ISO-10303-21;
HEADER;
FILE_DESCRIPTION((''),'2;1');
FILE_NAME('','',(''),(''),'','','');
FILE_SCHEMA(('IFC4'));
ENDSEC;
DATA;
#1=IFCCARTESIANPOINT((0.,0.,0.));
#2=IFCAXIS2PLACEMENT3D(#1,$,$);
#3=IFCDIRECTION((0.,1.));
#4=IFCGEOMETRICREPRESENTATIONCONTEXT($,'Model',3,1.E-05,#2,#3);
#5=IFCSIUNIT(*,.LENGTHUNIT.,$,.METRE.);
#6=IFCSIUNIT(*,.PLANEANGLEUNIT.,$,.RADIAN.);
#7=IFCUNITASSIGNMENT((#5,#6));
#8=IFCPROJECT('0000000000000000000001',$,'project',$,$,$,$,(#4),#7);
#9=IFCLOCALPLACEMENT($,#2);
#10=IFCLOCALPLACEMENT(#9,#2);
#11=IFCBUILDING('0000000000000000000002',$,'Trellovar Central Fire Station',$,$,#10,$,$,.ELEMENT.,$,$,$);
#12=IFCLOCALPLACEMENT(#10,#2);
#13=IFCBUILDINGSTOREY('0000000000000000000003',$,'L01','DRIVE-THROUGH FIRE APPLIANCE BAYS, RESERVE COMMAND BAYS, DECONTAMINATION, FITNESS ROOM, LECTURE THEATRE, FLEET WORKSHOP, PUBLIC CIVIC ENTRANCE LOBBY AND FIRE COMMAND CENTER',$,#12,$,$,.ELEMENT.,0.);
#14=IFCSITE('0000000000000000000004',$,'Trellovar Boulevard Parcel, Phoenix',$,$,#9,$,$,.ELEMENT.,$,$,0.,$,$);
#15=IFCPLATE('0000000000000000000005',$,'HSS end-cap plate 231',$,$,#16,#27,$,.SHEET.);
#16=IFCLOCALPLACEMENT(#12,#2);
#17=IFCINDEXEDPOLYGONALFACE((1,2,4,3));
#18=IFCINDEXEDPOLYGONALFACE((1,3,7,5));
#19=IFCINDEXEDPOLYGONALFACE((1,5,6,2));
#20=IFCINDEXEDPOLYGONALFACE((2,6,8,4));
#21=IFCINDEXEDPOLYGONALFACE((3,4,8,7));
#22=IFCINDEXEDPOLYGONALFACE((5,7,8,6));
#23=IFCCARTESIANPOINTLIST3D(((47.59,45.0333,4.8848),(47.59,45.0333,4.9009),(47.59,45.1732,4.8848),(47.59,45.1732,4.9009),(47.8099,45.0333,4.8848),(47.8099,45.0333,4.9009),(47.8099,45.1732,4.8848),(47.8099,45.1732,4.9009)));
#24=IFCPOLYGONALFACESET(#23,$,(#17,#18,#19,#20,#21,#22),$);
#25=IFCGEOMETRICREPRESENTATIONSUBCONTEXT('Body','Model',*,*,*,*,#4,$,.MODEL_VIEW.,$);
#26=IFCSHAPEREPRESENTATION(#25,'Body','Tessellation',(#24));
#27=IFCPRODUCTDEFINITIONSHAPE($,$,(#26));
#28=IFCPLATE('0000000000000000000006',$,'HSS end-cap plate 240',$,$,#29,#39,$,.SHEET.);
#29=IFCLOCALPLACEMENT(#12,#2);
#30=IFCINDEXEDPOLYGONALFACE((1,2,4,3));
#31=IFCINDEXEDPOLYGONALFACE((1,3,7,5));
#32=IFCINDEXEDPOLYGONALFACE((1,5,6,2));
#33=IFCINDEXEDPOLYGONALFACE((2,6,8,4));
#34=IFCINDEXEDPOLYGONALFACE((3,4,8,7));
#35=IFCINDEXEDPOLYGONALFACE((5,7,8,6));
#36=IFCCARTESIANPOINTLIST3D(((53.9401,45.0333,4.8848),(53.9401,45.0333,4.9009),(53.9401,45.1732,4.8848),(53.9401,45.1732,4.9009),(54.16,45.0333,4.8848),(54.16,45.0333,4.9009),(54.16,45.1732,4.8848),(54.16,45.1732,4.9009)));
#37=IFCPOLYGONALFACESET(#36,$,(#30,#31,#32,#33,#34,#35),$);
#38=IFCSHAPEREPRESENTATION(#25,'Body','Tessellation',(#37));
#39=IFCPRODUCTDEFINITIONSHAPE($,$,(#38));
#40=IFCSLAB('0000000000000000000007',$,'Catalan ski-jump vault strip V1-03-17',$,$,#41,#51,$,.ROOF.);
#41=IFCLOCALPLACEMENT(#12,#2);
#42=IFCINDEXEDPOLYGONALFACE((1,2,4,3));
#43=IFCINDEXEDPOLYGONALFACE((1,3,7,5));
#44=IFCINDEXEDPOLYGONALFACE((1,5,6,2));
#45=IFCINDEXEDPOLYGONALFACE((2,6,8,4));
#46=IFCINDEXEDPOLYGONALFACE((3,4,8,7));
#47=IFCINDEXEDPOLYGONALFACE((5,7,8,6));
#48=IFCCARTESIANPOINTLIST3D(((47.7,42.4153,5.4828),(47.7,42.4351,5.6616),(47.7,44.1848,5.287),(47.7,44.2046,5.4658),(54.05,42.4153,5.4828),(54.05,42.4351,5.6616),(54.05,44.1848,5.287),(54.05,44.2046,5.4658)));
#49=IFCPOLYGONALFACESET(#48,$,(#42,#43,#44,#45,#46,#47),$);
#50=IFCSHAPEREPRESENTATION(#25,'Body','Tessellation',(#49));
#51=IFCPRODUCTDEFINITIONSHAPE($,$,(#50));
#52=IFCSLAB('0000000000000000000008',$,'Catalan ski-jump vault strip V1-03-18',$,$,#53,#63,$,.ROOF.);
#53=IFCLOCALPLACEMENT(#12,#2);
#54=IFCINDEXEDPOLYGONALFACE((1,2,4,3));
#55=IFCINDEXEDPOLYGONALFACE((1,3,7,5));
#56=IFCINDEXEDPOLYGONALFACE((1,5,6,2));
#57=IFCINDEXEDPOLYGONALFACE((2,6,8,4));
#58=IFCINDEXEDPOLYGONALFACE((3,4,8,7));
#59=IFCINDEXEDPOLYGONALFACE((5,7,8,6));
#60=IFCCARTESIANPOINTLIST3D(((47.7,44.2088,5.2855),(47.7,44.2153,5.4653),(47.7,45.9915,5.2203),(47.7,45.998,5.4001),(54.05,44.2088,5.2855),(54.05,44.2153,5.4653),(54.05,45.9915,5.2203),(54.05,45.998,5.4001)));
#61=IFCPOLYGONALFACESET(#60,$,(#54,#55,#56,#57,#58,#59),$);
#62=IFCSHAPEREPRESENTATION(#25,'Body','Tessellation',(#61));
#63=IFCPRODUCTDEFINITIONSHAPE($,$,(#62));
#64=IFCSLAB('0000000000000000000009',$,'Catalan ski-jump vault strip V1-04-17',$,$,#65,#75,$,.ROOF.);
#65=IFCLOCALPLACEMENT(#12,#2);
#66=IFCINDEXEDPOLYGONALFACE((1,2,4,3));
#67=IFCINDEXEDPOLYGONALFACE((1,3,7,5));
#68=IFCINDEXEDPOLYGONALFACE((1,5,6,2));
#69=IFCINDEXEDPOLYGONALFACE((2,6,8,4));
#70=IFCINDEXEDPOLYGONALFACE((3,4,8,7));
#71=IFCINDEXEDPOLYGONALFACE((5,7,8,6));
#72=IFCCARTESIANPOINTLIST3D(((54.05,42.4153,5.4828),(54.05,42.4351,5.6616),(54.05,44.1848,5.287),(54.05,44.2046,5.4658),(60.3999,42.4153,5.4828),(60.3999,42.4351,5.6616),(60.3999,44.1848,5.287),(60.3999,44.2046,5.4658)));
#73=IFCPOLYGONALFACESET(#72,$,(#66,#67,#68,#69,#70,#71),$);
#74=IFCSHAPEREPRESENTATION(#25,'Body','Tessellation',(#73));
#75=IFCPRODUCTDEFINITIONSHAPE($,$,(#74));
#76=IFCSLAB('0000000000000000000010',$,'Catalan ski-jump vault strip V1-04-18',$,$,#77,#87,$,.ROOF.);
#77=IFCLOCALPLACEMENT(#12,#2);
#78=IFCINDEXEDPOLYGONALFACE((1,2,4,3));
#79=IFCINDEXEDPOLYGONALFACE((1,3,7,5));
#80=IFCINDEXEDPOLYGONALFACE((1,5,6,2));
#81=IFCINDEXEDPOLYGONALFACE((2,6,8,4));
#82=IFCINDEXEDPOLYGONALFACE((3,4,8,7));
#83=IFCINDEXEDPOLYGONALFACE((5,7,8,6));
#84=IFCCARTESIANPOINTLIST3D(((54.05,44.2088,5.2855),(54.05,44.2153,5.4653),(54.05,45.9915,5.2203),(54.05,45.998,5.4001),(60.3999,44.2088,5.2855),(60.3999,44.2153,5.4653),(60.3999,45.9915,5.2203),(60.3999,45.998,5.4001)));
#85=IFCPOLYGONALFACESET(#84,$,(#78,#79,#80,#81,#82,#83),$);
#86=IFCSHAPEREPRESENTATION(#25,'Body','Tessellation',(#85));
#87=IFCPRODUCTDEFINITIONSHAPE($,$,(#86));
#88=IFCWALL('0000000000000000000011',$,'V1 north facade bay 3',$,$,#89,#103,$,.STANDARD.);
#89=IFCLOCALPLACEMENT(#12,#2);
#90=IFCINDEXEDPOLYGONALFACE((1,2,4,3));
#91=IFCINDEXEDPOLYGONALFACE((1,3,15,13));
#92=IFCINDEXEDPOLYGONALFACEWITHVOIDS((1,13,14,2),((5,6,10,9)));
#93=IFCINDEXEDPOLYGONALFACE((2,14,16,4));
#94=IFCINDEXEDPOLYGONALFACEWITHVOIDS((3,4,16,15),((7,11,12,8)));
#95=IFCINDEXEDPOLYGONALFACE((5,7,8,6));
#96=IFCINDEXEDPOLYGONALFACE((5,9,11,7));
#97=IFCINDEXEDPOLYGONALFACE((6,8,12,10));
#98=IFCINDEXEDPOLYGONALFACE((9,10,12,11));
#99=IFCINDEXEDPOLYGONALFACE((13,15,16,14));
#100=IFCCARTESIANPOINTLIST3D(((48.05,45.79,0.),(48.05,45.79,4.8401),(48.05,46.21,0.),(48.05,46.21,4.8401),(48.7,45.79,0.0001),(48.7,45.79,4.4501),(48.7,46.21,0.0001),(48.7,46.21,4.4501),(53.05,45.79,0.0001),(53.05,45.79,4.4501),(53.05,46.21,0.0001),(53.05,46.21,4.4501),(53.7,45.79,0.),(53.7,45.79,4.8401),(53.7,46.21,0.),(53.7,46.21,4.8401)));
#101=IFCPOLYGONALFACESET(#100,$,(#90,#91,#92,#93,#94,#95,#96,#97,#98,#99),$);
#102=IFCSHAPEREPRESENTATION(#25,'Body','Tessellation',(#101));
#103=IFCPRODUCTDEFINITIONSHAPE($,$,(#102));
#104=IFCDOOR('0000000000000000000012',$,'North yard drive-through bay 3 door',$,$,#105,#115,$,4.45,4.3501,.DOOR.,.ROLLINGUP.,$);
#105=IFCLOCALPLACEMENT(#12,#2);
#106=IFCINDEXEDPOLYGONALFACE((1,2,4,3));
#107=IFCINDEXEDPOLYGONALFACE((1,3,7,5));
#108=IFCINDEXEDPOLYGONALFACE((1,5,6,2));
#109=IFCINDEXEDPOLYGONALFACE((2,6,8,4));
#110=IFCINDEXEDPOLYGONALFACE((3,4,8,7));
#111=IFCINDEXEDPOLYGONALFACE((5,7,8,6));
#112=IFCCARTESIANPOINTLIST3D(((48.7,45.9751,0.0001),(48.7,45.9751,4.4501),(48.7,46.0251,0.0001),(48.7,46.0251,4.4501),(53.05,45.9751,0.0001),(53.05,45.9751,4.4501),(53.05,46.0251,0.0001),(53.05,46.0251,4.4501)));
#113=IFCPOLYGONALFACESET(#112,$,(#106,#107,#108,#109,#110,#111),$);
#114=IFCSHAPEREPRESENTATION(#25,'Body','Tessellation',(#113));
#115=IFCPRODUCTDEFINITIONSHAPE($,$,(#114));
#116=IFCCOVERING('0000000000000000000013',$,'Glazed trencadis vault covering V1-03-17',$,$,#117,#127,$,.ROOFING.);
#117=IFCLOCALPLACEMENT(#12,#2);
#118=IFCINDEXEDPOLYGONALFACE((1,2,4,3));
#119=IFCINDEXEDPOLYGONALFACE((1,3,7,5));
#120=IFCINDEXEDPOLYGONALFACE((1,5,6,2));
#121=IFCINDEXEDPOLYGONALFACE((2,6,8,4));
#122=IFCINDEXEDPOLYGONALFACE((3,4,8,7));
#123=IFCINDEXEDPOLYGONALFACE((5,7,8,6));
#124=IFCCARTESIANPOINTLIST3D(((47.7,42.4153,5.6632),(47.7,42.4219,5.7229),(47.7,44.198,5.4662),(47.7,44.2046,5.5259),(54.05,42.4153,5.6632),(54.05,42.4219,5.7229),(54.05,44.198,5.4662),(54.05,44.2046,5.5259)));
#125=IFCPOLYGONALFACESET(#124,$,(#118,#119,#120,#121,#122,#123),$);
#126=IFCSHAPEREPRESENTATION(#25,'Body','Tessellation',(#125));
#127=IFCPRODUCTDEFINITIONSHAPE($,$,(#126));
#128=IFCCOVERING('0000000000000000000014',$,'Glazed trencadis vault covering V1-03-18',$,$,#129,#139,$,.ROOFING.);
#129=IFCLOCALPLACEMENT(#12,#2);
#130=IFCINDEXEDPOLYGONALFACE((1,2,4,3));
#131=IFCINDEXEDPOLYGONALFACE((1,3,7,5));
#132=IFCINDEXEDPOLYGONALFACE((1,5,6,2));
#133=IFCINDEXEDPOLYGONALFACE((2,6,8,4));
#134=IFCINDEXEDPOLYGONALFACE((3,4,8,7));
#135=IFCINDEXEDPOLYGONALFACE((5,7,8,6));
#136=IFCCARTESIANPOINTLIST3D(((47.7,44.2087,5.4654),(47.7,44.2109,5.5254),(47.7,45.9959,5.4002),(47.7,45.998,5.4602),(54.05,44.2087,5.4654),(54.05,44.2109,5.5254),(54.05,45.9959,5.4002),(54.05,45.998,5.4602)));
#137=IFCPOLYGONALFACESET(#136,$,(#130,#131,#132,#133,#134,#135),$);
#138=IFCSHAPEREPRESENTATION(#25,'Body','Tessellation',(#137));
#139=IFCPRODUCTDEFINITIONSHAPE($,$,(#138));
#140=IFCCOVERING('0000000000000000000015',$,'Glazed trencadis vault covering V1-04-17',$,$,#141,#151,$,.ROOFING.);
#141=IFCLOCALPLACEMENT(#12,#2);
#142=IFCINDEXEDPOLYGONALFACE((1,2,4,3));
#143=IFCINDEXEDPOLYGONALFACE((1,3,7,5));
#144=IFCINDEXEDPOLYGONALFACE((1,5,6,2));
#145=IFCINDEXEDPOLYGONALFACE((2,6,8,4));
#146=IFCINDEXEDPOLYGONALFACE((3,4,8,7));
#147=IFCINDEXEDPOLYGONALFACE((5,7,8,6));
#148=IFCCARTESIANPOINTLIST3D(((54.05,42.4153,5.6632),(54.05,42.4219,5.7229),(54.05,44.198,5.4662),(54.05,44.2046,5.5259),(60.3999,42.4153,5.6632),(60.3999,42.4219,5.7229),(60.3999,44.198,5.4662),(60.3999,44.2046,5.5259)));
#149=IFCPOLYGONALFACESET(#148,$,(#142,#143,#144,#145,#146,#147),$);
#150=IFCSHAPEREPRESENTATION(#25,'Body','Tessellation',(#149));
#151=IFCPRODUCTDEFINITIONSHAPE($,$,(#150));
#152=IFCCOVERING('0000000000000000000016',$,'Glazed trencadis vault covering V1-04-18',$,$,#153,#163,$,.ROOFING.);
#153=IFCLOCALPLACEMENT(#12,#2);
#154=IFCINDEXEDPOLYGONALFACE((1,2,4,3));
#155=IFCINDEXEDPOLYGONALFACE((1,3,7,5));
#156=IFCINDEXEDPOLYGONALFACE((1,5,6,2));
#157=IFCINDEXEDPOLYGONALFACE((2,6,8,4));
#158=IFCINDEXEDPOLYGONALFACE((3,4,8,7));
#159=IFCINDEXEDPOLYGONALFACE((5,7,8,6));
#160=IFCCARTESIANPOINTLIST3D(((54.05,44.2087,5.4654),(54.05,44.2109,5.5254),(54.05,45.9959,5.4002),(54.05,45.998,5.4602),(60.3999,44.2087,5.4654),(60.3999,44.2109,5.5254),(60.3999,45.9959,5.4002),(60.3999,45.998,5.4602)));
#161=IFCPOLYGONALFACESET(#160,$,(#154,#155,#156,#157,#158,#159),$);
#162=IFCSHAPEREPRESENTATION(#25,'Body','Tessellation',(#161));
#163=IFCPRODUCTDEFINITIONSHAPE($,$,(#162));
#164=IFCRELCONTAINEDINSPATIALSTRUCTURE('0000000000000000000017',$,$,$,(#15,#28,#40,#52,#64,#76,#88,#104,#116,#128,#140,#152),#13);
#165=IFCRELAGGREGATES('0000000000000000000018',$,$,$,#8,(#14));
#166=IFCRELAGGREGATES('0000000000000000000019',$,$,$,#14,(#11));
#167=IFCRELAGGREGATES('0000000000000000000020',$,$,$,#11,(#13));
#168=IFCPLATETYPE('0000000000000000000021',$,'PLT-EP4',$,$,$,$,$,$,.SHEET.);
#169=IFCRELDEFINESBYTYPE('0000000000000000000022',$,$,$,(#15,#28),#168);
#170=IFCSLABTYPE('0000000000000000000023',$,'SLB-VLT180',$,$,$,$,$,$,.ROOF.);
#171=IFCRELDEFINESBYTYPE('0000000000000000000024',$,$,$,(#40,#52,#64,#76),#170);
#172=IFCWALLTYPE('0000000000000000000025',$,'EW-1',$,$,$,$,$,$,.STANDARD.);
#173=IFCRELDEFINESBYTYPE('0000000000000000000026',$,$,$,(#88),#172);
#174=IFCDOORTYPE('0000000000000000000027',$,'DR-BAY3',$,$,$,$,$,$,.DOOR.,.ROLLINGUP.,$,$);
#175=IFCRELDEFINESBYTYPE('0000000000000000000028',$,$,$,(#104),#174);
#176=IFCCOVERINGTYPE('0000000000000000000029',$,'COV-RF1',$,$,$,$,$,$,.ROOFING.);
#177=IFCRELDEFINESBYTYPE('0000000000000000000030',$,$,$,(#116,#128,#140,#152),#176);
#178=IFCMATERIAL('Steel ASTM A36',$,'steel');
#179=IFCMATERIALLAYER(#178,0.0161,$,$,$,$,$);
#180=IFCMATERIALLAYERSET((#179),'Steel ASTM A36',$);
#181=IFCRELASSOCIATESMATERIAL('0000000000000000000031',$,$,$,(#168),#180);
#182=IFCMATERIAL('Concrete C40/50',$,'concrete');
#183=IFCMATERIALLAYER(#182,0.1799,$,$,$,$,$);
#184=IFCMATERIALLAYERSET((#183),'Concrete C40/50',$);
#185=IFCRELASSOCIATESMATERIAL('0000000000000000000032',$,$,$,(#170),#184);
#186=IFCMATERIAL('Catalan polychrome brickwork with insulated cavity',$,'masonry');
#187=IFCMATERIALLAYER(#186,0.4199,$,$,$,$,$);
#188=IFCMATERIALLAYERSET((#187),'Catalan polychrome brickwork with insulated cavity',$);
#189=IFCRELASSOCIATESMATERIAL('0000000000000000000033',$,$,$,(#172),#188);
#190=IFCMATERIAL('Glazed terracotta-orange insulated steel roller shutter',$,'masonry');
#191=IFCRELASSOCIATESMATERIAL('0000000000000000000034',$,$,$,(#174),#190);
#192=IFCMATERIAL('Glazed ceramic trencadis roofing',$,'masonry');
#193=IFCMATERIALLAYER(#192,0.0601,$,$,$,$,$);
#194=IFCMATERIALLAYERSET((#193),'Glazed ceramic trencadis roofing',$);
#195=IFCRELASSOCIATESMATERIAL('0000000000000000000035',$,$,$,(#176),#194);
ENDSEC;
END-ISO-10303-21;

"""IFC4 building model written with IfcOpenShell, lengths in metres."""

from ifc_helpers import new_model, si_unit, direction, frame, frame_2d, origin, origin_2d, place, context, subcontext, project, spatial, polyline, rectangle, outline, extrude, material, layer, layer_set, type_object, element, fill, save


model = new_model("IFC4")

# Units and contexts
model_context = context("Model", 3, precision=1e-05, world=origin(), true_north=direction((0.0, 1.0)))
body_context = subcontext(model_context, "Body", "Model", "MODEL_VIEW")
ifc_project = project(units=[si_unit("LENGTHUNIT", "METRE"), si_unit("PLANEANGLEUNIT", "RADIAN")], contexts=[model_context])

# Site, building, storey
site_placement = place(None, origin())
site = spatial("IfcSite", under=ifc_project, at=site_placement, Name="Trellovar Boulevard Parcel, Phoenix", CompositionType="ELEMENT", RefElevation=0.0)
building_placement = place(site_placement, origin())
building = spatial("IfcBuilding", under=site, at=building_placement, Name="Trellovar Central Fire Station", CompositionType="ELEMENT")
storey_placement = place(building_placement, origin())
storey = spatial("IfcBuildingStorey", under=building, at=storey_placement, Name="L01", Description="DRIVE-THROUGH FIRE APPLIANCE BAYS, RESERVE COMMAND BAYS, DECONTAMINATION, FITNESS ROOM, LECTURE THEATRE, FLEET WORKSHOP, PUBLIC CIVIC ENTRANCE LOBBY AND FIRE COMMAND CENTER", CompositionType="ELEMENT", Elevation=0.0)

# Plates
ifc_material_1 = material(Name="Steel ASTM A36", Category="steel")
ifc_layer_1 = layer(ifc_material_1, 0.0161)
ifc_layer_set_1 = layer_set([ifc_layer_1], Name="Steel ASTM A36")
plate_type = type_object("IfcPlateType", Name="PLT-EP4", PredefinedType="SHEET", material=ifc_layer_set_1)
for number, where, z_axis, x_axis, name in (
    (1, (47.7, 45.1033, 4.8848), (0.0, 0.0, 1.0), (1.0, 0.0, 0.0), "HSS end-cap plate 231"),
    (2, (54.05, 45.1033, 4.8848), (0.0, 0.0, 1.0), (1.0, 0.0, 0.0), "HSS end-cap plate 240"),
):
    element("IfcPlate", number, at=place(storey_placement, frame(where, z_axis=z_axis, x_axis=x_axis)), inside=storey, type_object=plate_type, Name=name, PredefinedType="SHEET", context=body_context, shape_type="SweptSolid", body=[
        extrude(rectangle(XDim=0.22, YDim=0.1399, at=origin_2d()), origin(), (0.0, 0.0, 1.0), 0.0161),
    ])

# Slabs
ifc_material_2 = material(Name="Concrete C40/50", Category="concrete")
ifc_layer_2 = layer(ifc_material_2, 0.1799)
ifc_layer_set_2 = layer_set([ifc_layer_2], Name="Concrete C40/50")
slab_type = type_object("IfcSlabType", Name="SLB-VLT180", PredefinedType="ROOF", material=ifc_layer_set_2)
slab_1_placement = place(storey_placement, frame((47.7, 42.4351, 5.6616), z_axis=(0.0, 0.10998, 0.993934), x_axis=(1.0, 0.0, 0.0)))
element("IfcSlab", 3, at=slab_1_placement, inside=storey, type_object=slab_type, Name="Catalan ski-jump vault strip V1-03-17", PredefinedType="ROOF", context=body_context, shape_type="SweptSolid", body=[
    extrude(outline(polyline([(0.0, 0.0), (6.3501, 0.0), (6.3501, 1.7803), (0.0, 1.7803), (0.0, 0.0)])), origin(), (0.0, 0.0, -1.0), 0.1799),
])
slab_2_placement = place(storey_placement, frame((47.7, 44.2153, 5.4653), z_axis=(0.0, 0.036541, 0.999332), x_axis=(1.0, 0.0, 0.0)))
element("IfcSlab", 4, at=slab_2_placement, inside=storey, type_object=slab_type, Name="Catalan ski-jump vault strip V1-03-18", PredefinedType="ROOF", context=body_context, shape_type="SweptSolid", body=[
    extrude(outline(polyline([(0.0, 0.0), (6.3501, 0.0), (6.3501, 1.7839), (0.0, 1.7839), (0.0, 0.0)])), origin(), (0.0, 0.0, -1.0), 0.1799),
])
slab_3_placement = place(storey_placement, frame((54.05, 42.4351, 5.6616), z_axis=(0.0, 0.10998, 0.993934), x_axis=(1.0, 0.0, 0.0)))
element("IfcSlab", 5, at=slab_3_placement, inside=storey, type_object=slab_type, Name="Catalan ski-jump vault strip V1-04-17", PredefinedType="ROOF", context=body_context, shape_type="SweptSolid", body=[
    extrude(outline(polyline([(0.0, 0.0), (6.3499, 0.0), (6.3499, 1.7803), (0.0, 1.7803), (0.0, 0.0)])), origin(), (0.0, 0.0, -1.0), 0.1799),
])
slab_4_placement = place(storey_placement, frame((54.05, 44.2153, 5.4653), z_axis=(0.0, 0.036541, 0.999332), x_axis=(1.0, 0.0, 0.0)))
element("IfcSlab", 6, at=slab_4_placement, inside=storey, type_object=slab_type, Name="Catalan ski-jump vault strip V1-04-18", PredefinedType="ROOF", context=body_context, shape_type="SweptSolid", body=[
    extrude(outline(polyline([(0.0, 0.0), (6.3499, 0.0), (6.3499, 1.7839), (0.0, 1.7839), (0.0, 0.0)])), origin(), (0.0, 0.0, -1.0), 0.1799),
])

# Wall, opening, door
ifc_material_3 = material(Name="Catalan polychrome brickwork with insulated cavity", Category="masonry")
ifc_layer_3 = layer(ifc_material_3, 0.4199)
ifc_layer_set_3 = layer_set([ifc_layer_3], Name="Catalan polychrome brickwork with insulated cavity")
wall_type = type_object("IfcWallType", Name="EW-1", PredefinedType="STANDARD", material=ifc_layer_set_3)
wall_1_placement = place(storey_placement, frame((53.7, 46.0, 0.0), z_axis=(0.0, 0.0, 1.0), x_axis=(-1.0, 0.0, 0.0)))
wall_1 = element("IfcWall", 7, at=wall_1_placement, inside=storey, type_object=wall_type, Name="V1 north facade bay 3", PredefinedType="STANDARD", context=body_context, shape_type="SweptSolid", body=[
    extrude(rectangle(XDim=5.6499, YDim=0.4199, at=frame_2d((2.825, 0.0))), origin(), (0.0, 0.0, 1.0), 4.8401),
])
opening_1_placement = place(wall_1_placement, frame((0.6499, 0.0, 0.0)))
opening_1 = element("IfcOpeningElement", 8, at=opening_1_placement, cuts=wall_1, PredefinedType="OPENING", context=body_context, shape_type="SweptSolid", body=[
    extrude(rectangle(XDim=4.3501, YDim=4.45, at=frame_2d((2.175, 2.2251))), frame((0.0, 0.22, 0.0), z_axis=(0.0, -1.0, 0.0), x_axis=(1.0, 0.0, 0.0)), (0.0, 0.0, 1.0), 0.4399),
])
ifc_material_4 = material(Name="Glazed terracotta-orange insulated steel roller shutter", Category="masonry")
door_type_1 = type_object("IfcDoorType", Name="DR-BAY3", OperationType="ROLLINGUP", PredefinedType="DOOR", material=ifc_material_4)
door_1_placement = place(opening_1_placement, origin())
door_1 = element("IfcDoor", 9, at=door_1_placement, inside=storey, type_object=door_type_1, Name="North yard drive-through bay 3 door", OperationType="ROLLINGUP", OverallHeight=4.45, OverallWidth=4.3501, PredefinedType="DOOR", context=body_context, shape_type="SweptSolid", body=[
    extrude(rectangle(XDim=4.3501, YDim=4.45, at=frame_2d((2.175, 2.2251))), frame((0.0, 0.0249, 0.0), z_axis=(0.0, -1.0, 0.0), x_axis=(1.0, 0.0, 0.0)), (0.0, 0.0, 1.0), 0.05),
])
fill(opening_1, door_1)

# Coverings
ifc_material_5 = material(Name="Glazed ceramic trencadis roofing", Category="masonry")
ifc_layer_4 = layer(ifc_material_5, 0.0601)
ifc_layer_set_4 = layer_set([ifc_layer_4], Name="Glazed ceramic trencadis roofing")
covering_type = type_object("IfcCoveringType", Name="COV-RF1", PredefinedType="ROOFING", material=ifc_layer_set_4)
covering_1_placement = place(storey_placement, frame((47.7, 42.4219, 5.7229), z_axis=(0.0, 0.109849, 0.993948), x_axis=(1.0, 0.0, 0.0)))
element("IfcCovering", 10, at=covering_1_placement, inside=storey, type_object=covering_type, Name="Glazed trencadis vault covering V1-03-17", PredefinedType="ROOFING", context=body_context, shape_type="SweptSolid", body=[
    extrude(outline(polyline([(0.0, 0.0), (6.3501, 0.0), (6.3501, 1.7936), (0.0, 1.7936), (0.0, 0.0)])), origin(), (0.0, 0.0, -1.0), 0.0601),
])
covering_2_placement = place(storey_placement, frame((47.7, 44.2109, 5.5254), z_axis=(0.0, 0.036451, 0.999335), x_axis=(1.0, 0.0, 0.0)))
element("IfcCovering", 11, at=covering_2_placement, inside=storey, type_object=covering_type, Name="Glazed trencadis vault covering V1-03-18", PredefinedType="ROOFING", context=body_context, shape_type="SweptSolid", body=[
    extrude(outline(polyline([(0.0, 0.0), (6.3501, 0.0), (6.3501, 1.7883), (0.0, 1.7883), (0.0, 0.0)])), origin(), (0.0, 0.0, -1.0), 0.0601),
])
covering_3_placement = place(storey_placement, frame((54.05, 42.4219, 5.7229), z_axis=(0.0, 0.109849, 0.993948), x_axis=(1.0, 0.0, 0.0)))
element("IfcCovering", 12, at=covering_3_placement, inside=storey, type_object=covering_type, Name="Glazed trencadis vault covering V1-04-17", PredefinedType="ROOFING", context=body_context, shape_type="SweptSolid", body=[
    extrude(outline(polyline([(0.0, 0.0), (6.3499, 0.0), (6.3499, 1.7936), (0.0, 1.7936), (0.0, 0.0)])), origin(), (0.0, 0.0, -1.0), 0.0601),
])
covering_4_placement = place(storey_placement, frame((54.05, 44.2109, 5.5254), z_axis=(0.0, 0.036451, 0.999335), x_axis=(1.0, 0.0, 0.0)))
element("IfcCovering", 13, at=covering_4_placement, inside=storey, type_object=covering_type, Name="Glazed trencadis vault covering V1-04-18", PredefinedType="ROOFING", context=body_context, shape_type="SweptSolid", body=[
    extrude(outline(polyline([(0.0, 0.0), (6.3499, 0.0), (6.3499, 1.7883), (0.0, 1.7883), (0.0, 0.0)])), origin(), (0.0, 0.0, -1.0), 0.0601),
])

save(model, "model.ifc")
